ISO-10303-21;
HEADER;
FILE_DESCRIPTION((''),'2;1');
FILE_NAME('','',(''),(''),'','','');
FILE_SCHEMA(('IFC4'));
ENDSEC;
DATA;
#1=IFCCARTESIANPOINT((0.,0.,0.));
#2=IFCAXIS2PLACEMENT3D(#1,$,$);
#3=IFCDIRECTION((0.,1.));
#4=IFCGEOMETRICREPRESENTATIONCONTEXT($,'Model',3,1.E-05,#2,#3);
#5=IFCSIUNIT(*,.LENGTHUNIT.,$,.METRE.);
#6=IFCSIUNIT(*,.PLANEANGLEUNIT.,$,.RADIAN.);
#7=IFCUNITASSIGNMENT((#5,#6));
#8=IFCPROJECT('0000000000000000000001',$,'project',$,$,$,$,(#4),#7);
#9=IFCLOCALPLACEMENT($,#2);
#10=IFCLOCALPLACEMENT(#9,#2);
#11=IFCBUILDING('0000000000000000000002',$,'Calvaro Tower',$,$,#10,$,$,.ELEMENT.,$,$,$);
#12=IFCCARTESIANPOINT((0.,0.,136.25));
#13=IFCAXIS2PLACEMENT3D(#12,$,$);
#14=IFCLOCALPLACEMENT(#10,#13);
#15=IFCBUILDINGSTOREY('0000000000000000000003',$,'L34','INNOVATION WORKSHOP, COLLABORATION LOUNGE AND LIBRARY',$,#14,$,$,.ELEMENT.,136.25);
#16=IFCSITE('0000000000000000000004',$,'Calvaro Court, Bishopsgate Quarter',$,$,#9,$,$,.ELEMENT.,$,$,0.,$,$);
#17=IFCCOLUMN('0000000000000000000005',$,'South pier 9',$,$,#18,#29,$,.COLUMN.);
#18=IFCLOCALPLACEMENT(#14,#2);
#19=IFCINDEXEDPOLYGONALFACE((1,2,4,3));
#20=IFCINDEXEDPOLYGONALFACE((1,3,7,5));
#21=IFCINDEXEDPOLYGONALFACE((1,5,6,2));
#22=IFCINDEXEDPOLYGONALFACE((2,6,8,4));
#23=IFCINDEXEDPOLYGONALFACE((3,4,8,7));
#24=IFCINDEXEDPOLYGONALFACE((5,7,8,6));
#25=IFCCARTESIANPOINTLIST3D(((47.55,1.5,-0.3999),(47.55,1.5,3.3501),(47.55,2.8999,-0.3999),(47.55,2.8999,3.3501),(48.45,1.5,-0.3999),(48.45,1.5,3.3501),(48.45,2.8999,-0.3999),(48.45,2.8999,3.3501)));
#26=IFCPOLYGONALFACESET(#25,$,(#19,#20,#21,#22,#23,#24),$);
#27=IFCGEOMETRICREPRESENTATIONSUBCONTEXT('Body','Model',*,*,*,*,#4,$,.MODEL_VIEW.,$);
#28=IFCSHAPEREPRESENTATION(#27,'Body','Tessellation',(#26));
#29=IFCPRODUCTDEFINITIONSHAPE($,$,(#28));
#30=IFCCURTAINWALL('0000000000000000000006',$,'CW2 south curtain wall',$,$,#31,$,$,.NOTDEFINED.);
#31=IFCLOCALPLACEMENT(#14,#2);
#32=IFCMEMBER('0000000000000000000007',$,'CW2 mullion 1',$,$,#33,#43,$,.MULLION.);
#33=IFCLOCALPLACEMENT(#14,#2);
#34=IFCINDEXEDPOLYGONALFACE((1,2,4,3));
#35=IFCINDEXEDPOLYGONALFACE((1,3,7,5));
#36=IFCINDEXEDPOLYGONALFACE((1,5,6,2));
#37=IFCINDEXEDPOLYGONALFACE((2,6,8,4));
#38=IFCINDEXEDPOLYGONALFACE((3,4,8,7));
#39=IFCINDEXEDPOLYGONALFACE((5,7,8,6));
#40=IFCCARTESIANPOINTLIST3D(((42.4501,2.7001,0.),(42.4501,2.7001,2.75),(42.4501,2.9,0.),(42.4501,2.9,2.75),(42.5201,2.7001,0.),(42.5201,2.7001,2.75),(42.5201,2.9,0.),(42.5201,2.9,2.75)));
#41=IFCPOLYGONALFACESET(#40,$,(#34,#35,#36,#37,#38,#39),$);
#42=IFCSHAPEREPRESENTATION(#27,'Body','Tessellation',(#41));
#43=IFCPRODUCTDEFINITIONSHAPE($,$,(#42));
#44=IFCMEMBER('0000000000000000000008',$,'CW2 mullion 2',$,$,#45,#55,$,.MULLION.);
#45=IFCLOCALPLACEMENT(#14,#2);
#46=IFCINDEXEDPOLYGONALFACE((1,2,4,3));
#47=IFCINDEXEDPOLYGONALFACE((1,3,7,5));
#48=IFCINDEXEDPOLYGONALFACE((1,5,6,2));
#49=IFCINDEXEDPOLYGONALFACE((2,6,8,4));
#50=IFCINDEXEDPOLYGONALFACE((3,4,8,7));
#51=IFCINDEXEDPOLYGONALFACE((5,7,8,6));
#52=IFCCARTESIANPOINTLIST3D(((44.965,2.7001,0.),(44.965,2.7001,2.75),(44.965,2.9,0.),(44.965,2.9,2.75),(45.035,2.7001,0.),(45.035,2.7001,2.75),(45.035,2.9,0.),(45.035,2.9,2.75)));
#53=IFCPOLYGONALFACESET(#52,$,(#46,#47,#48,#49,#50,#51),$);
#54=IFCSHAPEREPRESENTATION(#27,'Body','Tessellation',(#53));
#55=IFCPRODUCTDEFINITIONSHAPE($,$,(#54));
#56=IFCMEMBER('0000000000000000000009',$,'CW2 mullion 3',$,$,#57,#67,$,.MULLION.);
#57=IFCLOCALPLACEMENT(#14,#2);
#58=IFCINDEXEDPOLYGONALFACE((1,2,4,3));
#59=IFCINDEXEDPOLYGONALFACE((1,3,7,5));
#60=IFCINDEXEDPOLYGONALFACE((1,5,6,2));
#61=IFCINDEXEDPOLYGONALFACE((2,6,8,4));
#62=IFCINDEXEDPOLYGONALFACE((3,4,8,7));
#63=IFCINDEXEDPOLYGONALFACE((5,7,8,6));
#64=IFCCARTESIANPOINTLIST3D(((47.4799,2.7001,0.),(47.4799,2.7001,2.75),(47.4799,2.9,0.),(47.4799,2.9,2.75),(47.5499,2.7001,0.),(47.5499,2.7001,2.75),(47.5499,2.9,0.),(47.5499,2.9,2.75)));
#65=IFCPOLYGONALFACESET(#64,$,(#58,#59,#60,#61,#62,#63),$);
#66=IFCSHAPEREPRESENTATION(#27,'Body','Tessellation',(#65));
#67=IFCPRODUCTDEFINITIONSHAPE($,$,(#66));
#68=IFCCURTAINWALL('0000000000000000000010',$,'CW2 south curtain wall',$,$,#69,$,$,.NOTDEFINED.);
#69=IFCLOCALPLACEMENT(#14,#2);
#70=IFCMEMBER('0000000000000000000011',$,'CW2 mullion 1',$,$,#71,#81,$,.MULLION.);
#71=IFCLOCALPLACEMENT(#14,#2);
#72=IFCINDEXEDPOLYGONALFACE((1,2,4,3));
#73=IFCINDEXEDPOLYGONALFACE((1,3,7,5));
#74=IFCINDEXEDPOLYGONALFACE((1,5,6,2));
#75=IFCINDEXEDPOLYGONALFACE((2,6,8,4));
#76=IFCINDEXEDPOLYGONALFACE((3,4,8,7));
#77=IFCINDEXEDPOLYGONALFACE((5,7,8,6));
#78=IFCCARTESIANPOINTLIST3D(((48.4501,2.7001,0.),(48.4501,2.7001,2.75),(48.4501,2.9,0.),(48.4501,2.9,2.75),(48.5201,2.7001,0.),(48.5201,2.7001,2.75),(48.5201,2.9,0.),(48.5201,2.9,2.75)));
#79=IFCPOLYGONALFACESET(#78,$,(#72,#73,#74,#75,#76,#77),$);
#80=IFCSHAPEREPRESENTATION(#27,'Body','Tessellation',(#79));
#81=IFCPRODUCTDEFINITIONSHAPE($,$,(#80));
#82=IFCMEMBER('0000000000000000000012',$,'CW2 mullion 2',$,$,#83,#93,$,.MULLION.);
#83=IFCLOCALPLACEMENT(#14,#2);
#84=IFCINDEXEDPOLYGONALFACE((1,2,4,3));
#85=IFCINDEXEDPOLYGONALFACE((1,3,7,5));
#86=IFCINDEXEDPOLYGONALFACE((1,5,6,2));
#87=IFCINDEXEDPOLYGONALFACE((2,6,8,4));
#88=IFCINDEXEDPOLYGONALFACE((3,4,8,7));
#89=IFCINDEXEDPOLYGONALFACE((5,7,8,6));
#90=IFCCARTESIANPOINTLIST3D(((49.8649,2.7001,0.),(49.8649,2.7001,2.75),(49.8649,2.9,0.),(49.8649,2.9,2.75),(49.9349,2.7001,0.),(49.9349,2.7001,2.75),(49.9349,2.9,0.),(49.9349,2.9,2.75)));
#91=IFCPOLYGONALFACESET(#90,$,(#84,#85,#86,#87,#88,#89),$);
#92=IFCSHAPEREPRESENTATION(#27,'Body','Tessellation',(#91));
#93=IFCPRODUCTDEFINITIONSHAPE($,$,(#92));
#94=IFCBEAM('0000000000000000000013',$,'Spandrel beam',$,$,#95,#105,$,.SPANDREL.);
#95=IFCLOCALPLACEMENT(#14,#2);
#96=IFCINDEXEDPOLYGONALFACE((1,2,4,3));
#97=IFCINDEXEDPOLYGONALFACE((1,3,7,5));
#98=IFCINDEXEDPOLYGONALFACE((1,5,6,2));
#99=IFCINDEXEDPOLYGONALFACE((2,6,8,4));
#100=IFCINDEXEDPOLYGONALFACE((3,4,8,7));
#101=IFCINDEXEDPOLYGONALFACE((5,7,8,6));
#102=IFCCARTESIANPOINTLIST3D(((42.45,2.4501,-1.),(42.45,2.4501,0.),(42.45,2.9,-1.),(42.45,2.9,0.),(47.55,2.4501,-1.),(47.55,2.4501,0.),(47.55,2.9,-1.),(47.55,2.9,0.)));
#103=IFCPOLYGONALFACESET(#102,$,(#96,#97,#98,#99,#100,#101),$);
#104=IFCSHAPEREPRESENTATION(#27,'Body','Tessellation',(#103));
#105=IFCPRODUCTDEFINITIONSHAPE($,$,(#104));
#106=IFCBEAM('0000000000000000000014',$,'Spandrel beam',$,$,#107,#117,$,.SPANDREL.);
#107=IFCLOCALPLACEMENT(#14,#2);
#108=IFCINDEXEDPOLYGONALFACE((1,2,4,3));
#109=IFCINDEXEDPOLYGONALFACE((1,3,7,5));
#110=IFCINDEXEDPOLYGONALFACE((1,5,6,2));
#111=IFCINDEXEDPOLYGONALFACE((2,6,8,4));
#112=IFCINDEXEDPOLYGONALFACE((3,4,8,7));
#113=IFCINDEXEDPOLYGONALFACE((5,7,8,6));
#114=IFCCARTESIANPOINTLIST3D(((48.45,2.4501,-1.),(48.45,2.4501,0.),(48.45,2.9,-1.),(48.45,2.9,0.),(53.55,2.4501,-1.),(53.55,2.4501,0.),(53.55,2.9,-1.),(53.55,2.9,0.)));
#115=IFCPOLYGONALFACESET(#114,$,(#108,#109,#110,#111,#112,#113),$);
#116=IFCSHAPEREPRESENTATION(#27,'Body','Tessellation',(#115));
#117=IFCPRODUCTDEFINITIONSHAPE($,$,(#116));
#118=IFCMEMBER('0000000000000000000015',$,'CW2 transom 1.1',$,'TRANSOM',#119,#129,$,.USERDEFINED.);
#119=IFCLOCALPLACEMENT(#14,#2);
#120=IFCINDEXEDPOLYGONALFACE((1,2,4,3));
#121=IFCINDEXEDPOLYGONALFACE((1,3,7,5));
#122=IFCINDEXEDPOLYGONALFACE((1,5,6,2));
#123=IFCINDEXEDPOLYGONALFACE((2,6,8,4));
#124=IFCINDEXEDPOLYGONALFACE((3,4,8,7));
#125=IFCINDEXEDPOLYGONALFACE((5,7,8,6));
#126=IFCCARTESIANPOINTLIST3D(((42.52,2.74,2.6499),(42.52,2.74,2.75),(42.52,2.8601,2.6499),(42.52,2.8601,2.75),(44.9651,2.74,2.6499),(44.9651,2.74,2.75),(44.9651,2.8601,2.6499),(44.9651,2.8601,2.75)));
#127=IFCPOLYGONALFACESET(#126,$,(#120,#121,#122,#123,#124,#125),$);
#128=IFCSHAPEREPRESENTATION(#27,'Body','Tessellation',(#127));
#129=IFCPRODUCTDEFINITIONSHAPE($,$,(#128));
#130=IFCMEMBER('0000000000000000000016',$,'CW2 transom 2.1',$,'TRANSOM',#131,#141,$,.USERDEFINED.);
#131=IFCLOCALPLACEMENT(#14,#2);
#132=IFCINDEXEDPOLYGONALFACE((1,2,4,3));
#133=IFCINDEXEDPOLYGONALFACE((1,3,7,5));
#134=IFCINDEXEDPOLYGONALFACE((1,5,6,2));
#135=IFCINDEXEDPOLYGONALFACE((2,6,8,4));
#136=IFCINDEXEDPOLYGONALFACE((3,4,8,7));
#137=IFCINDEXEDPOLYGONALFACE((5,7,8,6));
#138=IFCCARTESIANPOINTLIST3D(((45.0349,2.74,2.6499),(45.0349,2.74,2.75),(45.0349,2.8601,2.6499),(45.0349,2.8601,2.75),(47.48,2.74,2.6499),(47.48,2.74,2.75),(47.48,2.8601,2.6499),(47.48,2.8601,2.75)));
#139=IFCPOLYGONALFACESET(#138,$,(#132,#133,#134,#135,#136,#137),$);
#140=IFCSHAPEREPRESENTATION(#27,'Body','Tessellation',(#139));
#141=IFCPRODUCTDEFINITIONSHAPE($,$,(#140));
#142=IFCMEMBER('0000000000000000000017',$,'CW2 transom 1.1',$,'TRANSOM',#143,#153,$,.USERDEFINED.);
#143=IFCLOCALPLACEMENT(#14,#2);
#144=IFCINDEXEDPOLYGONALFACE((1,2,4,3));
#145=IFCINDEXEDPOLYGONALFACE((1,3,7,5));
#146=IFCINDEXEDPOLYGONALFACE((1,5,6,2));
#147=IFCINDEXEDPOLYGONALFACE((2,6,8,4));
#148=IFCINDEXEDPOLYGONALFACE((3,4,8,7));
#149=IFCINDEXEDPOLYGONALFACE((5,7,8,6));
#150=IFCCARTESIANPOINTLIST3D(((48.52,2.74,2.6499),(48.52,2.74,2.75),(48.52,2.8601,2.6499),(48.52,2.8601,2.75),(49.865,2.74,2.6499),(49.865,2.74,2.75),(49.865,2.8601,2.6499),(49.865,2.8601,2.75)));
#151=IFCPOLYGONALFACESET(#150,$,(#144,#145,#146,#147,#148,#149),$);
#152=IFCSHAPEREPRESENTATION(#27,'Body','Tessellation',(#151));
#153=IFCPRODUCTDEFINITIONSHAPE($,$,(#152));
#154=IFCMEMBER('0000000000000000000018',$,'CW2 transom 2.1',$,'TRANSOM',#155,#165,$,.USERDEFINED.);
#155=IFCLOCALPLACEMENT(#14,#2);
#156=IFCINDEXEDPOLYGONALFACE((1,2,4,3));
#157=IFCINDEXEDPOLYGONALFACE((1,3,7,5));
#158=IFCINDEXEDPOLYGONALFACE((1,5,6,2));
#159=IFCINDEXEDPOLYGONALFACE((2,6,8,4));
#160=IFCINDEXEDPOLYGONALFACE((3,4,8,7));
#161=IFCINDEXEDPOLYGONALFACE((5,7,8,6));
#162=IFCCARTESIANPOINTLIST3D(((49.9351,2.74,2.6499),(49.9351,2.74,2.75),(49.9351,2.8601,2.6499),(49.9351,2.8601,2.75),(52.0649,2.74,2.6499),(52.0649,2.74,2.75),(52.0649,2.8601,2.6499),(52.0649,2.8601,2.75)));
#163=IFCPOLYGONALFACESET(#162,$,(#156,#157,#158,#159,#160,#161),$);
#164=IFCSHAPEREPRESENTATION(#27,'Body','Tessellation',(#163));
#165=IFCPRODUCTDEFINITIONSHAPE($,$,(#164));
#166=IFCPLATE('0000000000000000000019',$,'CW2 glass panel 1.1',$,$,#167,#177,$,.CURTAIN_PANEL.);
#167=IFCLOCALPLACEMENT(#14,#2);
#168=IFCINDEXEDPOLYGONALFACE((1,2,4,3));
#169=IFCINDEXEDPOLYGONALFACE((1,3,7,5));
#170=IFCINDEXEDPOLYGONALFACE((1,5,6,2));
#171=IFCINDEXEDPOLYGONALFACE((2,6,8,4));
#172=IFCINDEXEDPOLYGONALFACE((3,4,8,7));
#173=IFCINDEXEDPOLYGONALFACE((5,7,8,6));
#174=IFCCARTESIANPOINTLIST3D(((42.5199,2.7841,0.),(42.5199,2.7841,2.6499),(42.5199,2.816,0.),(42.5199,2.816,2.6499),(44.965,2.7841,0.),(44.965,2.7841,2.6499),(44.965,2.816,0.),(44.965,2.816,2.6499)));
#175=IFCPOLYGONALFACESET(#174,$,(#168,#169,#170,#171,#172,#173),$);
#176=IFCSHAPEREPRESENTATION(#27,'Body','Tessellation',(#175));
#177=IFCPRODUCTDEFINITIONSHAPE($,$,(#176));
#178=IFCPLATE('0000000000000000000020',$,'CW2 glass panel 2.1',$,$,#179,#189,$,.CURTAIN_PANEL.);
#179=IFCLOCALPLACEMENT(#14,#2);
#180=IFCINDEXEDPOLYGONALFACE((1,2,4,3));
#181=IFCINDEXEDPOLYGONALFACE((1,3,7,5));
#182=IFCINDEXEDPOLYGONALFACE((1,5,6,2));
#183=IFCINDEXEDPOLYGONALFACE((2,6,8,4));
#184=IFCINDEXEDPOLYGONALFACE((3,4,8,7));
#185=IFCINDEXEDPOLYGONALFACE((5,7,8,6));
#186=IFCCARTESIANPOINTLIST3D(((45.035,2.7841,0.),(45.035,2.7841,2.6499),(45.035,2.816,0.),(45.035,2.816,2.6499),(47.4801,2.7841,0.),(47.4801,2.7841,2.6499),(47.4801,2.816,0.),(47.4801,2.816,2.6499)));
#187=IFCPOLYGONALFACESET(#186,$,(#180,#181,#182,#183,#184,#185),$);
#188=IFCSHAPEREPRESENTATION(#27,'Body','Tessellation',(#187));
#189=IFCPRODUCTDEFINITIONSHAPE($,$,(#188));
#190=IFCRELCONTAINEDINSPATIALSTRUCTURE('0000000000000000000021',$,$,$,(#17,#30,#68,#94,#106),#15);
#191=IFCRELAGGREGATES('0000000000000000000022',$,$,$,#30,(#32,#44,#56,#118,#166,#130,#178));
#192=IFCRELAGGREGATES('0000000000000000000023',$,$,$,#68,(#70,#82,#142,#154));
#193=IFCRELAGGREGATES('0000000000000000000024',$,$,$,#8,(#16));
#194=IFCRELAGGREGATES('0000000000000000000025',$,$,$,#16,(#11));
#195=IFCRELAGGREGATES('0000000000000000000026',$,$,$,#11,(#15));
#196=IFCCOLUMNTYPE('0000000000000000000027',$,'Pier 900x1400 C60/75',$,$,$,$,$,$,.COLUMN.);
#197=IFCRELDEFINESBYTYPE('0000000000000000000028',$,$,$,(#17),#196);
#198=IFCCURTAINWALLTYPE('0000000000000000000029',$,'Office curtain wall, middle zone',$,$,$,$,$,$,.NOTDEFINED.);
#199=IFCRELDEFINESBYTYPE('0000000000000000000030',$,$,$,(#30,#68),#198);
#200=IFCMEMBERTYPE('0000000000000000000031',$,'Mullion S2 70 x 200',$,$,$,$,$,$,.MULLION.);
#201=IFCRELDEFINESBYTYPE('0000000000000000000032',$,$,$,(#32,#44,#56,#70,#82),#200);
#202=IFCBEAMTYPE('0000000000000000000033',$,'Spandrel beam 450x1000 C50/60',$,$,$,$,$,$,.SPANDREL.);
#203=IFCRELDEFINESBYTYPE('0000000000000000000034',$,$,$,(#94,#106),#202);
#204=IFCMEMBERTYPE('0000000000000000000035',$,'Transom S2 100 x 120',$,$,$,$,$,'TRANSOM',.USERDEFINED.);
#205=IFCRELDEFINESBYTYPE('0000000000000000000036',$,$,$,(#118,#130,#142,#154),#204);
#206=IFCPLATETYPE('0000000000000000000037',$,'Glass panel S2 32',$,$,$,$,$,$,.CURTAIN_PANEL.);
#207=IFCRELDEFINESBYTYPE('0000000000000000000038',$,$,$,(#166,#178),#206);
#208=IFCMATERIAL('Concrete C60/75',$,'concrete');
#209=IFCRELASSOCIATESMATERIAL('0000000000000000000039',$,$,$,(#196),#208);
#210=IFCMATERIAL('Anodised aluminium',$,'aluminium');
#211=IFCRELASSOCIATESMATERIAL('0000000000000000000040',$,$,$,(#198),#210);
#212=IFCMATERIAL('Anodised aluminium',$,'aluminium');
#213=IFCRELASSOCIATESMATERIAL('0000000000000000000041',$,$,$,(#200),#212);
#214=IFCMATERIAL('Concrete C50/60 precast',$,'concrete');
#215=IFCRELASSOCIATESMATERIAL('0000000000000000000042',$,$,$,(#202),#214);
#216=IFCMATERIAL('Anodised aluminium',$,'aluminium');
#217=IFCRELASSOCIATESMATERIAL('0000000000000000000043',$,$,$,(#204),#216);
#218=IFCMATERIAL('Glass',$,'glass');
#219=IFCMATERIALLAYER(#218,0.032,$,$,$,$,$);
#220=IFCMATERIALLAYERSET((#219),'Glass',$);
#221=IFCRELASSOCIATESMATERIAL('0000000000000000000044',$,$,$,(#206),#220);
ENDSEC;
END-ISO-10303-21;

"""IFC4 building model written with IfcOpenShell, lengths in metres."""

from ifc_helpers import new_model, si_unit, direction, frame, origin, origin_2d, place, context, subcontext, project, spatial, rectangle, extrude, material, layer, layer_set, material_profile, profile_set, type_object, element, aggregate, save


model = new_model("IFC4")

# Units and contexts
model_context = context("Model", 3, precision=1e-05, world=origin(), true_north=direction((0.0, 1.0)))
body_context = subcontext(model_context, "Body", "Model", "MODEL_VIEW")
ifc_project = project(units=[si_unit("LENGTHUNIT", "METRE"), si_unit("PLANEANGLEUNIT", "RADIAN")], contexts=[model_context])

# Site, building, storey
site_placement = place(None, origin())
site = spatial("IfcSite", under=ifc_project, at=site_placement, Name="Calvaro Court, Bishopsgate Quarter", CompositionType="ELEMENT", RefElevation=0.0)
building_placement = place(site_placement, origin())
building = spatial("IfcBuilding", under=site, at=building_placement, Name="Calvaro Tower", CompositionType="ELEMENT")
storey_placement = place(building_placement, frame((0.0, 0.0, 136.25)))
storey = spatial("IfcBuildingStorey", under=building, at=storey_placement, Name="L34", Description="INNOVATION WORKSHOP, COLLABORATION LOUNGE AND LIBRARY", CompositionType="ELEMENT", Elevation=136.25)

# Column
ifc_material_1 = material(Name="Concrete C60/75", Category="concrete")
ifc_material_profile_1 = material_profile(ifc_material_1, rectangle(XDim=0.8999, YDim=1.3999, at=origin_2d()), Name="RC 900x1400")
ifc_profile_set_1 = profile_set([ifc_material_profile_1], Name="Concrete C60/75")
column_type = type_object("IfcColumnType", Name="Pier 900x1400 C60/75", PredefinedType="COLUMN", material=ifc_profile_set_1)
column_placement = place(storey_placement, frame((48.0, 2.2, -0.3999), z_axis=(0.0, 0.0, 1.0), x_axis=(1.0, 0.0, 0.0)))
element("IfcColumn", 1, at=column_placement, inside=storey, type_object=column_type, Name="South pier 9", PredefinedType="COLUMN", context=body_context, shape_type="SweptSolid", body=[
    extrude(rectangle(XDim=0.8999, YDim=1.3999, at=origin_2d()), origin(), (0.0, 0.0, 1.0), 3.75),
])

# Curtain walls, members
ifc_material_2 = material(Name="Anodised aluminium", Category="aluminium")
curtain_wall_type = type_object("IfcCurtainWallType", Name="Office curtain wall, middle zone", PredefinedType="NOTDEFINED", material=ifc_material_2)
curtain_wall_1_placement = place(storey_placement, origin())
curtain_wall_1 = element("IfcCurtainWall", 2, at=curtain_wall_1_placement, inside=storey, type_object=curtain_wall_type, Name="CW2 south curtain wall", PredefinedType="NOTDEFINED")
ifc_material_3 = material(Name="Anodised aluminium", Category="aluminium")
ifc_material_profile_2 = material_profile(ifc_material_3, rectangle(XDim=0.2, YDim=0.0701, at=origin_2d()), Name="Mullion S2 70 x 200")
ifc_profile_set_2 = profile_set([ifc_material_profile_2], Name="Anodised aluminium")
member_type_1 = type_object("IfcMemberType", Name="Mullion S2 70 x 200", PredefinedType="MULLION", material=ifc_profile_set_2)
member_1_placement = place(storey_placement, frame((42.4851, 2.8, 0.0), z_axis=(0.0, 0.0, 1.0), x_axis=(0.0, 1.0, 0.0)))
member_1 = element("IfcMember", 3, at=member_1_placement, type_object=member_type_1, Name="CW2 mullion 1", PredefinedType="MULLION", context=body_context, shape_type="SweptSolid", body=[
    extrude(rectangle(XDim=0.2, YDim=0.0701, at=origin_2d()), origin(), (0.0, 0.0, 1.0), 2.75),
])
member_2_placement = place(storey_placement, frame((45.0, 2.8, 0.0), z_axis=(0.0, 0.0, 1.0), x_axis=(0.0, 1.0, 0.0)))
member_2 = element("IfcMember", 4, at=member_2_placement, type_object=member_type_1, Name="CW2 mullion 2", PredefinedType="MULLION", context=body_context, shape_type="SweptSolid", body=[
    extrude(rectangle(XDim=0.2, YDim=0.0701, at=origin_2d()), origin(), (0.0, 0.0, 1.0), 2.75),
])
member_3_placement = place(storey_placement, frame((47.5149, 2.8, 0.0), z_axis=(0.0, 0.0, 1.0), x_axis=(0.0, 1.0, 0.0)))
member_3 = element("IfcMember", 5, at=member_3_placement, type_object=member_type_1, Name="CW2 mullion 3", PredefinedType="MULLION", context=body_context, shape_type="SweptSolid", body=[
    extrude(rectangle(XDim=0.2, YDim=0.0701, at=origin_2d()), origin(), (0.0, 0.0, 1.0), 2.75),
])
curtain_wall_2_placement = place(storey_placement, origin())
curtain_wall_2 = element("IfcCurtainWall", 6, at=curtain_wall_2_placement, inside=storey, type_object=curtain_wall_type, Name="CW2 south curtain wall", PredefinedType="NOTDEFINED")
member_4_placement = place(storey_placement, frame((48.4851, 2.8, 0.0), z_axis=(0.0, 0.0, 1.0), x_axis=(0.0, 1.0, 0.0)))
member_4 = element("IfcMember", 7, at=member_4_placement, type_object=member_type_1, Name="CW2 mullion 1", PredefinedType="MULLION", context=body_context, shape_type="SweptSolid", body=[
    extrude(rectangle(XDim=0.2, YDim=0.0701, at=origin_2d()), origin(), (0.0, 0.0, 1.0), 2.75),
])
member_5_placement = place(storey_placement, frame((49.8999, 2.8, 0.0), z_axis=(0.0, 0.0, 1.0), x_axis=(0.0, 1.0, 0.0)))
member_5 = element("IfcMember", 8, at=member_5_placement, type_object=member_type_1, Name="CW2 mullion 2", PredefinedType="MULLION", context=body_context, shape_type="SweptSolid", body=[
    extrude(rectangle(XDim=0.2, YDim=0.0701, at=origin_2d()), origin(), (0.0, 0.0, 1.0), 2.75),
])

# Beams
ifc_material_4 = material(Name="Concrete C50/60 precast", Category="concrete")
ifc_material_profile_3 = material_profile(ifc_material_4, rectangle(XDim=0.45, YDim=1.0, at=origin_2d()), Name="RC 450x1000")
ifc_profile_set_3 = profile_set([ifc_material_profile_3], Name="Concrete C50/60 precast")
beam_type = type_object("IfcBeamType", Name="Spandrel beam 450x1000 C50/60", PredefinedType="SPANDREL", material=ifc_profile_set_3)
for number, where, z_axis, x_axis, name in (
    (9, (42.45, 2.675, -0.5), (1.0, 0.0, 0.0), (0.0, 1.0, 0.0), "Spandrel beam"),
    (10, (48.45, 2.675, -0.5), (1.0, 0.0, 0.0), (0.0, 1.0, 0.0), "Spandrel beam"),
):
    element("IfcBeam", number, at=place(storey_placement, frame(where, z_axis=z_axis, x_axis=x_axis)), inside=storey, type_object=beam_type, Name=name, PredefinedType="SPANDREL", context=body_context, shape_type="SweptSolid", body=[
        extrude(rectangle(XDim=0.45, YDim=1.0, at=origin_2d()), origin(), (0.0, 0.0, 1.0), 5.1001),
    ])

# Members
ifc_material_5 = material(Name="Anodised aluminium", Category="aluminium")
ifc_material_profile_4 = material_profile(ifc_material_5, rectangle(XDim=0.1201, YDim=0.1001, at=origin_2d()), Name="Transom S2 100 x 120")
ifc_profile_set_4 = profile_set([ifc_material_profile_4], Name="Anodised aluminium")
member_type_2 = type_object("IfcMemberType", Name="Transom S2 100 x 120", ElementType="TRANSOM", PredefinedType="USERDEFINED", material=ifc_profile_set_4)
member_6_placement = place(storey_placement, frame((42.52, 2.8, 2.7), z_axis=(1.0, 0.0, 0.0), x_axis=(0.0, 1.0, 0.0)))
member_6 = element("IfcMember", 11, at=member_6_placement, type_object=member_type_2, Name="CW2 transom 1.1", ObjectType="TRANSOM", PredefinedType="USERDEFINED", context=body_context, shape_type="SweptSolid", body=[
    extrude(rectangle(XDim=0.1201, YDim=0.1001, at=origin_2d()), origin(), (0.0, 0.0, 1.0), 2.4451),
])
member_7_placement = place(storey_placement, frame((45.0349, 2.8, 2.7), z_axis=(1.0, 0.0, 0.0), x_axis=(0.0, 1.0, 0.0)))
member_7 = element("IfcMember", 12, at=member_7_placement, type_object=member_type_2, Name="CW2 transom 2.1", ObjectType="TRANSOM", PredefinedType="USERDEFINED", context=body_context, shape_type="SweptSolid", body=[
    extrude(rectangle(XDim=0.1201, YDim=0.1001, at=origin_2d()), origin(), (0.0, 0.0, 1.0), 2.4451),
])
member_8_placement = place(storey_placement, frame((48.52, 2.8, 2.7), z_axis=(1.0, 0.0, 0.0), x_axis=(0.0, 1.0, 0.0)))
member_8 = element("IfcMember", 13, at=member_8_placement, type_object=member_type_2, Name="CW2 transom 1.1", ObjectType="TRANSOM", PredefinedType="USERDEFINED", context=body_context, shape_type="SweptSolid", body=[
    extrude(rectangle(XDim=0.1201, YDim=0.1001, at=origin_2d()), origin(), (0.0, 0.0, 1.0), 1.345),
])
member_9_placement = place(storey_placement, frame((49.9351, 2.8, 2.7), z_axis=(1.0, 0.0, 0.0), x_axis=(0.0, 1.0, 0.0)))
member_9 = element("IfcMember", 14, at=member_9_placement, type_object=member_type_2, Name="CW2 transom 2.1", ObjectType="TRANSOM", PredefinedType="USERDEFINED", context=body_context, shape_type="SweptSolid", body=[
    extrude(rectangle(XDim=0.1201, YDim=0.1001, at=origin_2d()), origin(), (0.0, 0.0, 1.0), 2.1299),
])

# Plates
ifc_material_6 = material(Name="Glass", Category="glass")
ifc_layer_1 = layer(ifc_material_6, 0.032)
ifc_layer_set_1 = layer_set([ifc_layer_1], Name="Glass")
plate_type = type_object("IfcPlateType", Name="Glass panel S2 32", PredefinedType="CURTAIN_PANEL", material=ifc_layer_set_1)
plate_1_placement = place(storey_placement, frame((43.7424, 2.8, 0.0), z_axis=(0.0, 0.0, 1.0), x_axis=(1.0, 0.0, 0.0)))
plate_1 = element("IfcPlate", 15, at=plate_1_placement, type_object=plate_type, Name="CW2 glass panel 1.1", PredefinedType="CURTAIN_PANEL", context=body_context, shape_type="SweptSolid", body=[
    extrude(rectangle(XDim=2.4451, YDim=0.032, at=origin_2d()), origin(), (0.0, 0.0, 1.0), 2.6499),
])
plate_2_placement = place(storey_placement, frame((46.2576, 2.8, 0.0), z_axis=(0.0, 0.0, 1.0), x_axis=(1.0, 0.0, 0.0)))
plate_2 = element("IfcPlate", 16, at=plate_2_placement, type_object=plate_type, Name="CW2 glass panel 2.1", PredefinedType="CURTAIN_PANEL", context=body_context, shape_type="SweptSolid", body=[
    extrude(rectangle(XDim=2.4451, YDim=0.032, at=origin_2d()), origin(), (0.0, 0.0, 1.0), 2.6499),
])
aggregate(curtain_wall_1, [member_1, member_2, member_3, member_6, plate_1, member_7, plate_2])
aggregate(curtain_wall_2, [member_4, member_5, member_8, member_9])

save(model, "model.ifc")
